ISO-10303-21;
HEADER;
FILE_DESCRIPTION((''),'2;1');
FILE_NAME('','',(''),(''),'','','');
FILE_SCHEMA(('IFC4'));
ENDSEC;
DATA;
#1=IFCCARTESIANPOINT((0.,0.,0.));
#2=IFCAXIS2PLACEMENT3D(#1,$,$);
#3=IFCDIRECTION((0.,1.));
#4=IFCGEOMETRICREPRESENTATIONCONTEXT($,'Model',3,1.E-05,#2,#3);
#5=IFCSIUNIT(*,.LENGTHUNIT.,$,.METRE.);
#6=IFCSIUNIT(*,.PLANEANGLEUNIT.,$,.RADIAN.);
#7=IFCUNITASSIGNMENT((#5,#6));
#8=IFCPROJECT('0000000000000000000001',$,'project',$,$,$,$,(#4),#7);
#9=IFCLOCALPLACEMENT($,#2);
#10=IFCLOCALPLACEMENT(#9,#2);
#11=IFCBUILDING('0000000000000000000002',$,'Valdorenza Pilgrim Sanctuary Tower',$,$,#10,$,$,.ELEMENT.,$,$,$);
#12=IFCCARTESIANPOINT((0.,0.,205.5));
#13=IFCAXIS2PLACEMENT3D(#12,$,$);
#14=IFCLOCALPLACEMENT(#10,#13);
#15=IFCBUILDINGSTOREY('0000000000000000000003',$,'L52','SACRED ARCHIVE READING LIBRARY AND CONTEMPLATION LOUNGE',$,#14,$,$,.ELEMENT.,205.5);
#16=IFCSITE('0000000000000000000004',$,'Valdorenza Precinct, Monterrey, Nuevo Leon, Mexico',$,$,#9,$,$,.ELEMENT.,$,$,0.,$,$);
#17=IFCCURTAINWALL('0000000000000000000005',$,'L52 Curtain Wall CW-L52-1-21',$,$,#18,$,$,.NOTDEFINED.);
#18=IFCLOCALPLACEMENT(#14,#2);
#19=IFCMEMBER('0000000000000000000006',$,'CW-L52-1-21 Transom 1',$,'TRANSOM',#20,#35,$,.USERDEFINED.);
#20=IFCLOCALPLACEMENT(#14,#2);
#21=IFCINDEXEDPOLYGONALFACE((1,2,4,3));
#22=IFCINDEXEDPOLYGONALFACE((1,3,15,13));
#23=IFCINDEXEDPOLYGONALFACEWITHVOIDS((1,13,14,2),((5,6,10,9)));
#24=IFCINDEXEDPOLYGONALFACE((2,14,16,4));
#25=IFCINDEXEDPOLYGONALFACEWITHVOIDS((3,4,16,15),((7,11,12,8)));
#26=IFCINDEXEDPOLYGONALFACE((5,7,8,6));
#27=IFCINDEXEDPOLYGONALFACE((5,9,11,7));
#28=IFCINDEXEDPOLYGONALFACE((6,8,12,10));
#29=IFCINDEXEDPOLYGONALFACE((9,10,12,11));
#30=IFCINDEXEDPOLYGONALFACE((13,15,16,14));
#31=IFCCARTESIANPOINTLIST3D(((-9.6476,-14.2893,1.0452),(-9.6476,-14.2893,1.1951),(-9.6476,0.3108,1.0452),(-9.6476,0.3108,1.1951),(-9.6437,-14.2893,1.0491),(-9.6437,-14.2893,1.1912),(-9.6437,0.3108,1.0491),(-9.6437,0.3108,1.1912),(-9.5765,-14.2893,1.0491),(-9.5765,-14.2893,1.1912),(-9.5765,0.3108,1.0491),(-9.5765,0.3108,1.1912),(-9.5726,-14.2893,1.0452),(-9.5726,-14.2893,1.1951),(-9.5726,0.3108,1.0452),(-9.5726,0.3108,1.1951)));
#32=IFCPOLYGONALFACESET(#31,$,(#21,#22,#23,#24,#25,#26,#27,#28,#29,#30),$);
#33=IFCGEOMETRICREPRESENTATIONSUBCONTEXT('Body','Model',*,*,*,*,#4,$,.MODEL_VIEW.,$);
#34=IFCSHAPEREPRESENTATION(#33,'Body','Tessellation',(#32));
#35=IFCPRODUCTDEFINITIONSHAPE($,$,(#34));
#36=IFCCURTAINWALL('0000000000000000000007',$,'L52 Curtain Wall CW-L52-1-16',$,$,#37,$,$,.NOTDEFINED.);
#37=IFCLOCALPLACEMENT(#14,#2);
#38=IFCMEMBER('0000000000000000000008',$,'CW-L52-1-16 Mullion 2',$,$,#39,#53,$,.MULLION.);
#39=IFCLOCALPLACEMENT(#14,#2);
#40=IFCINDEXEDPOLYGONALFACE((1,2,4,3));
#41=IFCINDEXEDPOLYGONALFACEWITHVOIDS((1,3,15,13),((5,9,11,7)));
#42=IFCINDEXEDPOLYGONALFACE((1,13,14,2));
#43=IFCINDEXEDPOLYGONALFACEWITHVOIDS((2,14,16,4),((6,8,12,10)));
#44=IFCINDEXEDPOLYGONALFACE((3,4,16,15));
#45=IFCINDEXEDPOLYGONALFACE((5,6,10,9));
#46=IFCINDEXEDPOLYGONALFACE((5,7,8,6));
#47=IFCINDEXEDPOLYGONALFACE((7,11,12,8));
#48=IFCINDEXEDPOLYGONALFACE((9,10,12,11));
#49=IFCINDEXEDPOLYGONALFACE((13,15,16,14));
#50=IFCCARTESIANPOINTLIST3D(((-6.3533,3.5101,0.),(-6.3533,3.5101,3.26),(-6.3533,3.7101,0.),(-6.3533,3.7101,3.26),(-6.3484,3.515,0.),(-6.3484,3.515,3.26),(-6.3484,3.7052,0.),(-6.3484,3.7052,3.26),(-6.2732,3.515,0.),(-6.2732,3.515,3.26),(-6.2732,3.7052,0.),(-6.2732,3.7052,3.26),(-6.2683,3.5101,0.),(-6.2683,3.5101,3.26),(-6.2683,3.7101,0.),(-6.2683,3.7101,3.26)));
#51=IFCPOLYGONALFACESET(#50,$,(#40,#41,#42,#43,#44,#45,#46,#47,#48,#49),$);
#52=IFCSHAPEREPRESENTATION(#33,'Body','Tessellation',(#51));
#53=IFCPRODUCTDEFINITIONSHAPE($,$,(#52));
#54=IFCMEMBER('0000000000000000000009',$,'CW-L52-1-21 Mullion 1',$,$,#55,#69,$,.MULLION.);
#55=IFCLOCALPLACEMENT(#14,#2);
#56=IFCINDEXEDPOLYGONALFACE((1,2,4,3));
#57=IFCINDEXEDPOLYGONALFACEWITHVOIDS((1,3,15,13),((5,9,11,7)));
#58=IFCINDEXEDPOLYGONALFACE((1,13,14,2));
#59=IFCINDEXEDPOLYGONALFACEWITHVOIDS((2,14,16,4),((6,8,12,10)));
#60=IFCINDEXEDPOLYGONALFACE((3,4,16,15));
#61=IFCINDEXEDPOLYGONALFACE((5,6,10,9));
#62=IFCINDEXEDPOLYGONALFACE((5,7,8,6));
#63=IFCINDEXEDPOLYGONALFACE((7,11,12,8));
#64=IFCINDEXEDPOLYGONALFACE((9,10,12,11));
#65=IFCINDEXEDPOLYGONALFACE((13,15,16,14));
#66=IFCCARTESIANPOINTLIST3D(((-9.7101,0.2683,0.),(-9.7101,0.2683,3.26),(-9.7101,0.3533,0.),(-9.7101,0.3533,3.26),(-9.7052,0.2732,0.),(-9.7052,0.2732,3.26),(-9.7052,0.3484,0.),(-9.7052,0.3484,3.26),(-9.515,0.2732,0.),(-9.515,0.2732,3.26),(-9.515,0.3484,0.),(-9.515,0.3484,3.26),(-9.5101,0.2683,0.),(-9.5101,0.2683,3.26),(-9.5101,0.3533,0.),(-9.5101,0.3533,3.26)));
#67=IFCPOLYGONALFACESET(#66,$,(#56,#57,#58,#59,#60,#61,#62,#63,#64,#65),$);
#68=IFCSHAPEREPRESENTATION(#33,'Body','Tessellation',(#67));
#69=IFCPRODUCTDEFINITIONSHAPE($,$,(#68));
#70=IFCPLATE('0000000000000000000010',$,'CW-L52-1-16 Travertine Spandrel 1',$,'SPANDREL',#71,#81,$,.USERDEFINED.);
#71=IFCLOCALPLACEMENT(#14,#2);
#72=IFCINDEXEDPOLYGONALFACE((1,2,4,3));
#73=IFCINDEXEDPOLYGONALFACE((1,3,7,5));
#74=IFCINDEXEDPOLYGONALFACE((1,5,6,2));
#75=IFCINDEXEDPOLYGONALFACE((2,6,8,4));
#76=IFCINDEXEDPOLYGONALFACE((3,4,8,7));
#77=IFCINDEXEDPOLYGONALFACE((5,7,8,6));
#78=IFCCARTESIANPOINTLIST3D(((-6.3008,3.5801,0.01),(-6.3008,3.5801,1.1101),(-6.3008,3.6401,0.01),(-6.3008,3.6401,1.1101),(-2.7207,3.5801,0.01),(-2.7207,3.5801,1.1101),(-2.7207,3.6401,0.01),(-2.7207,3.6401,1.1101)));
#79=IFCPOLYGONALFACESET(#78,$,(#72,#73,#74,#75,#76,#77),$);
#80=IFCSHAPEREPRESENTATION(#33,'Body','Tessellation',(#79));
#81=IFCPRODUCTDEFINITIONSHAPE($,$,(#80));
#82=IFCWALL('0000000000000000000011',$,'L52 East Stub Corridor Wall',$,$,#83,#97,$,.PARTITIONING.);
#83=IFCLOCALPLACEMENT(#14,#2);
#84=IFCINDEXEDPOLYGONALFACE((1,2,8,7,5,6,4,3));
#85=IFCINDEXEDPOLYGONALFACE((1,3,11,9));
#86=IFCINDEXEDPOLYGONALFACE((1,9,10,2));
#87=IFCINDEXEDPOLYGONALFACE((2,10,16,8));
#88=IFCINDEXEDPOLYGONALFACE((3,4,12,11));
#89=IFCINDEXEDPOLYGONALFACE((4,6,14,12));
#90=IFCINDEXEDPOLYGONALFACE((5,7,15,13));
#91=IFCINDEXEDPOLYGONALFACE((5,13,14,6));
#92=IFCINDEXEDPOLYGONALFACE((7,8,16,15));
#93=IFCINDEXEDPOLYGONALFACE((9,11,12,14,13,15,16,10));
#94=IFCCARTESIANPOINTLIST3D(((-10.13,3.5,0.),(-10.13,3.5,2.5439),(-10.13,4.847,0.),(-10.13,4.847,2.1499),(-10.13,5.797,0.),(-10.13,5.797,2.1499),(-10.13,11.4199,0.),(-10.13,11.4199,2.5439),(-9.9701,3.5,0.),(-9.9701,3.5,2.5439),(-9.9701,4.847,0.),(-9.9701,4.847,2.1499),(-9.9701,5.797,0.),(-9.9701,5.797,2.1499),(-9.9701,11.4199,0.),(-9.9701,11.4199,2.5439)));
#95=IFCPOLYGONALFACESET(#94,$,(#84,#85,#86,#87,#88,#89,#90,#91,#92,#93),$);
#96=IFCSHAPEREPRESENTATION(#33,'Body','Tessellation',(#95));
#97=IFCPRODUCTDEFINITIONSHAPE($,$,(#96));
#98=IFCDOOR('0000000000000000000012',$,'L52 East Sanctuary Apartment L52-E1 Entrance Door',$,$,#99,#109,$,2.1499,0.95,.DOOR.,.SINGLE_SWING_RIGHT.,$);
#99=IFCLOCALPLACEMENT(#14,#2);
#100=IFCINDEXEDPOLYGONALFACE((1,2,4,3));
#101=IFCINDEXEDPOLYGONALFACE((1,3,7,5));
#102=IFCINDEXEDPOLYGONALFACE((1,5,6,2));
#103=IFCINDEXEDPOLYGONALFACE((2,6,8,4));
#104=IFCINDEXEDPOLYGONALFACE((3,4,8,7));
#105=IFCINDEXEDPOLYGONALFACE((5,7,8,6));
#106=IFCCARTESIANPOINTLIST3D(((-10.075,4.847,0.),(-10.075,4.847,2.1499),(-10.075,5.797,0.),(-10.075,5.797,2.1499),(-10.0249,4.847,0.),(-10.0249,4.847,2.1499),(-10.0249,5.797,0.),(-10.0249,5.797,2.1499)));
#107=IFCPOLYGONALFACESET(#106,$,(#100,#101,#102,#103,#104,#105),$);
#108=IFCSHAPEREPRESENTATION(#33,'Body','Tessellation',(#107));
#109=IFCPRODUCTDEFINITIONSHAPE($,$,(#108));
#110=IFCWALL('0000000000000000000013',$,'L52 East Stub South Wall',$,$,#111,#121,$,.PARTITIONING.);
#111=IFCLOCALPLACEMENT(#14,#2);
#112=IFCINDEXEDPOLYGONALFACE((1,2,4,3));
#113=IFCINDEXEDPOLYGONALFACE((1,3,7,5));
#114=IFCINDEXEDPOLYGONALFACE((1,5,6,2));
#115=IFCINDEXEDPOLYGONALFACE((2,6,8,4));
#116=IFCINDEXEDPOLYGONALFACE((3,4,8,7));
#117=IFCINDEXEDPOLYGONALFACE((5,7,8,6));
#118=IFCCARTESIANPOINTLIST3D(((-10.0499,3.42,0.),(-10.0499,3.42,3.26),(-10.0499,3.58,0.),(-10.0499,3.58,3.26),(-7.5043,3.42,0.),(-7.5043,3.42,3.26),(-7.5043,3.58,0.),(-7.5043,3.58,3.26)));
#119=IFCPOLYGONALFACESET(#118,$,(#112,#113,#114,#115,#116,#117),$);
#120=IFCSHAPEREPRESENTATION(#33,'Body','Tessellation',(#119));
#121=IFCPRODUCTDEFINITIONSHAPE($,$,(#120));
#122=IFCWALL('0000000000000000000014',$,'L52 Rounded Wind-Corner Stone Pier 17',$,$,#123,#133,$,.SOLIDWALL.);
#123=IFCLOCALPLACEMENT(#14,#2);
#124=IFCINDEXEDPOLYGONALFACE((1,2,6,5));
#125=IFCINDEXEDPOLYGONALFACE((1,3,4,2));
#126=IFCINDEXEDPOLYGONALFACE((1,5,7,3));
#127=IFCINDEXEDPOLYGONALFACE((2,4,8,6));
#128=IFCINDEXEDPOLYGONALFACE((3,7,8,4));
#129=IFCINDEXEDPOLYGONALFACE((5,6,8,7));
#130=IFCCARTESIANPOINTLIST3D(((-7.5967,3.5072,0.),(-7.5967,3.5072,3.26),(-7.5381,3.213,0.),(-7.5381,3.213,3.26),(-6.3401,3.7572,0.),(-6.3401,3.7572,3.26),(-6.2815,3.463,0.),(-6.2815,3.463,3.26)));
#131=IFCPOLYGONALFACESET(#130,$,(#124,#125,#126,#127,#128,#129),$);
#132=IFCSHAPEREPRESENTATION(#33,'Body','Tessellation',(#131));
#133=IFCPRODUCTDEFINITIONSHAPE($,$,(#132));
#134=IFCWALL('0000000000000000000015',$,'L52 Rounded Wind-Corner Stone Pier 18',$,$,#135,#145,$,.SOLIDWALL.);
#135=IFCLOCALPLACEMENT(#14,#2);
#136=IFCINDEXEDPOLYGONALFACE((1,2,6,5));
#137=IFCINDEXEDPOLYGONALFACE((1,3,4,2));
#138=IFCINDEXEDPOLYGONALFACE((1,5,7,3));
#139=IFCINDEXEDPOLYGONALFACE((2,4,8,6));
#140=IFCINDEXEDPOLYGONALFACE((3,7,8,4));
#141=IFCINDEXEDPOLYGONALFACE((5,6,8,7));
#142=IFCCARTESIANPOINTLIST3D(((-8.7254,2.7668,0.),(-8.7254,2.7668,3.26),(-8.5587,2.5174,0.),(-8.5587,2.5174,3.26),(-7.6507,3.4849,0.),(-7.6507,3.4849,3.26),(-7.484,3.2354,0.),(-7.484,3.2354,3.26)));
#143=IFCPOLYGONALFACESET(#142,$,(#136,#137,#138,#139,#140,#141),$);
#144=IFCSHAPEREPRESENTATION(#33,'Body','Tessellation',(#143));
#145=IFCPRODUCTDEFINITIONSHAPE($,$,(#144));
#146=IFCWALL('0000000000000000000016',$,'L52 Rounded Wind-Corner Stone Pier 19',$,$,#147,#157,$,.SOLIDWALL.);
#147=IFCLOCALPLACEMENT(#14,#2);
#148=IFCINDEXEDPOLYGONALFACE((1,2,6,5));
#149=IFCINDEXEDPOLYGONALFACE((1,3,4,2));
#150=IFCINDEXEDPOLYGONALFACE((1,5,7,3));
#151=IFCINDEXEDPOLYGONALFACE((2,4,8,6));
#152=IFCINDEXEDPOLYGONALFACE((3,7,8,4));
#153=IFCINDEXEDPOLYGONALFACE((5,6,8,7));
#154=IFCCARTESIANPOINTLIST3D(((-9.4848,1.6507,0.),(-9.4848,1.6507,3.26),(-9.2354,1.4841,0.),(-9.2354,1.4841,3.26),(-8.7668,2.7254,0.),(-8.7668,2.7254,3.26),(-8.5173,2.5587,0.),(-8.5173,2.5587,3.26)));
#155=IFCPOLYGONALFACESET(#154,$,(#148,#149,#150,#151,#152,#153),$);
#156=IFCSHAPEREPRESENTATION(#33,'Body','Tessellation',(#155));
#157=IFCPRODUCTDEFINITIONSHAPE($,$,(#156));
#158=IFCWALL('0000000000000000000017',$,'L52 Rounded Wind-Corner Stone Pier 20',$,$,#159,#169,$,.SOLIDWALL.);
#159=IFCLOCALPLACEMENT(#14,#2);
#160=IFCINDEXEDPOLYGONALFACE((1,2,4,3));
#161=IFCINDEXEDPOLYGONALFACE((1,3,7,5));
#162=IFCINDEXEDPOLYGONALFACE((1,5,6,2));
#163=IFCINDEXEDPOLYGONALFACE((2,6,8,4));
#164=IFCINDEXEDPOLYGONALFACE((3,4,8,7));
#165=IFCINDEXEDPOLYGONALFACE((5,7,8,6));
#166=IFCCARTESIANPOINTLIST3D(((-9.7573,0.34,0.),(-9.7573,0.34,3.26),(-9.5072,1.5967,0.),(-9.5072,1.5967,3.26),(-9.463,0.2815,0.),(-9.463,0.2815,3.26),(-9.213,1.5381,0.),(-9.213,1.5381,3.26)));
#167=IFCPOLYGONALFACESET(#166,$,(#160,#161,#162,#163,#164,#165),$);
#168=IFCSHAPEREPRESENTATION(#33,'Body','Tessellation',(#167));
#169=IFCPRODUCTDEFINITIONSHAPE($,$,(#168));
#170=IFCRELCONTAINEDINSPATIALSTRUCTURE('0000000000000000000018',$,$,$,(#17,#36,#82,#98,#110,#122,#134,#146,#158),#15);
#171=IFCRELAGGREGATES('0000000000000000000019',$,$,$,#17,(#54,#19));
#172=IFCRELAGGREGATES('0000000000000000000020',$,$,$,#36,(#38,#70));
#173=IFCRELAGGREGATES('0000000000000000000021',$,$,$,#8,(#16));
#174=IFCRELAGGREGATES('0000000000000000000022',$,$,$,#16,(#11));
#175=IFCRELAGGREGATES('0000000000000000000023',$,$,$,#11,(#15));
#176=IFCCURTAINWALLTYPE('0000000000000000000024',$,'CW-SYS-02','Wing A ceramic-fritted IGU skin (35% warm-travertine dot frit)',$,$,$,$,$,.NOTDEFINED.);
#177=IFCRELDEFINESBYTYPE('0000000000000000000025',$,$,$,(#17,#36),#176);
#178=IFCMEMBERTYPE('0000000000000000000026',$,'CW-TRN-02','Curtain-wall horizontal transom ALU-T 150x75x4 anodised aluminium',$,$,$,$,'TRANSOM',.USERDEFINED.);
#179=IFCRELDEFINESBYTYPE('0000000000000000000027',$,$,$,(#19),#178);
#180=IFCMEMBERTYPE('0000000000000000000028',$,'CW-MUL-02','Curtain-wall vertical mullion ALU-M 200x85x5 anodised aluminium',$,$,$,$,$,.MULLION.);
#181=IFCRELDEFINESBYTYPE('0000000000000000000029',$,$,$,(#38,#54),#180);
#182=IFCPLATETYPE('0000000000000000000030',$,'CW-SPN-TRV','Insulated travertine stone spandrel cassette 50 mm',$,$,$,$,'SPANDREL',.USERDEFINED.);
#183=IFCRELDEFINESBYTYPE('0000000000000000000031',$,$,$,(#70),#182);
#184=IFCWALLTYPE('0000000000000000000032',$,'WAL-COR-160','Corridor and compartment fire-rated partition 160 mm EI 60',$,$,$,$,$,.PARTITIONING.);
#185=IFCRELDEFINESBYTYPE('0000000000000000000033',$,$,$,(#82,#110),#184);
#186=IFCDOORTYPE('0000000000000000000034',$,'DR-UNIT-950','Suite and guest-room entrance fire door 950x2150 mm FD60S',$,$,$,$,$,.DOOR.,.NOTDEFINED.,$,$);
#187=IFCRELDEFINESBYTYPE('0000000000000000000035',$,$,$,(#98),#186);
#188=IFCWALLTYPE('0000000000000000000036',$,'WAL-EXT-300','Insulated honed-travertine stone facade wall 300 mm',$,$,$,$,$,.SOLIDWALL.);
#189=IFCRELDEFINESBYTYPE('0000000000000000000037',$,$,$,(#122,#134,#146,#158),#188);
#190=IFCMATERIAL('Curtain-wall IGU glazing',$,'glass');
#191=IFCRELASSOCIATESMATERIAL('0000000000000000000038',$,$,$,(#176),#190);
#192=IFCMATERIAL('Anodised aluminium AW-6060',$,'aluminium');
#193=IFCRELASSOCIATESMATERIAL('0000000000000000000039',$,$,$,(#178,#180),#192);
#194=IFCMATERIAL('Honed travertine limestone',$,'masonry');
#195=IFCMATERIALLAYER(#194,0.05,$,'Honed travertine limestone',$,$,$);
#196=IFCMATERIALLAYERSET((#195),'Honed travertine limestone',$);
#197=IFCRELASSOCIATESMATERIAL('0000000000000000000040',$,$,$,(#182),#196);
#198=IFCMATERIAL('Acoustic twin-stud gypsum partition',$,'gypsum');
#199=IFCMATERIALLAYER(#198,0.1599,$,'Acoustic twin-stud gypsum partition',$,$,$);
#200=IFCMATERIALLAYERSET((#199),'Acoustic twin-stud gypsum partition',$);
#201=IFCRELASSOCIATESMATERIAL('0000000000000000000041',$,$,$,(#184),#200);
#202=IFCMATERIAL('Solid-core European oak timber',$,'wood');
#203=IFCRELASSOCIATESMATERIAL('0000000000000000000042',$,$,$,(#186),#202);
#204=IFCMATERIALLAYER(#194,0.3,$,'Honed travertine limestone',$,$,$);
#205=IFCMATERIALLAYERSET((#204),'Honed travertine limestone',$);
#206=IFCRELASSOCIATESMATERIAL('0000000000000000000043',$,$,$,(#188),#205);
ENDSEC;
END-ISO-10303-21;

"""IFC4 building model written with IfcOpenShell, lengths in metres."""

from ifc_helpers import new_model, si_unit, direction, frame, frame_2d, origin, origin_2d, place, context, subcontext, project, spatial, rectangle, hollow_rectangle, extrude, source, transform, mapped, material, layer, layer_set, material_profile, profile_set, type_object, element, fill, aggregate, save


model = new_model("IFC4")

# Units and contexts
model_context = context("Model", 3, precision=1e-05, world=origin(), true_north=direction((0.0, 1.0)))
body_context = subcontext(model_context, "Body", "Model", "MODEL_VIEW")
ifc_project = project(units=[si_unit("LENGTHUNIT", "METRE"), si_unit("PLANEANGLEUNIT", "RADIAN")], contexts=[model_context])

# Site, building, storey
site_placement = place(None, origin())
site = spatial("IfcSite", under=ifc_project, at=site_placement, Name="Valdorenza Precinct, Monterrey, Nuevo Leon, Mexico", CompositionType="ELEMENT", RefElevation=0.0)
building_placement = place(site_placement, origin())
building = spatial("IfcBuilding", under=site, at=building_placement, Name="Valdorenza Pilgrim Sanctuary Tower", CompositionType="ELEMENT")
storey_placement = place(building_placement, frame((0.0, 0.0, 205.5)))
storey = spatial("IfcBuildingStorey", under=building, at=storey_placement, Name="L52", Description="SACRED ARCHIVE READING LIBRARY AND CONTEMPLATION LOUNGE", CompositionType="ELEMENT", Elevation=205.5)

# Curtain walls, members
ifc_material_1 = material(Name="Curtain-wall IGU glazing", Category="glass")
curtain_wall_type = type_object("IfcCurtainWallType", Name="CW-SYS-02", Description="Wing A ceramic-fritted IGU skin (35% warm-travertine dot frit)", PredefinedType="NOTDEFINED", material=ifc_material_1)
curtain_wall_1_placement = place(storey_placement, origin())
curtain_wall_1 = element("IfcCurtainWall", 1, at=curtain_wall_1_placement, inside=storey, type_object=curtain_wall_type, Name="L52 Curtain Wall CW-L52-1-21", PredefinedType="NOTDEFINED")
ifc_material_2 = material(Name="Anodised aluminium AW-6060", Category="aluminium")
ifc_material_profile_1 = material_profile(ifc_material_2, hollow_rectangle(XDim=0.075, YDim=0.1499, WallThickness=0.0039, at=origin_2d()), Name="ALU-T 150x75x4")
ifc_profile_set_1 = profile_set([ifc_material_profile_1], Name="Anodised aluminium AW-6060")
member_type_1 = type_object("IfcMemberType", Name="CW-TRN-02", Description="Curtain-wall horizontal transom ALU-T 150x75x4 anodised aluminium", ElementType="TRANSOM", PredefinedType="USERDEFINED", material=ifc_profile_set_1)
shared_shape_1 = source(origin(), body_context, "Body", "SweptSolid", [
    extrude(hollow_rectangle(XDim=0.075, YDim=0.1499, WallThickness=0.0039, at=origin_2d()), origin(), (0.0, 0.0, 1.0), 14.6001),
])
member_1_placement = place(storey_placement, frame((-9.6101, 0.3108, 1.1201), z_axis=(0.0, -1.0, 0.0), x_axis=(1.0, 0.0, 0.0)))
member_1 = element("IfcMember", 2, at=member_1_placement, type_object=member_type_1, Name="CW-L52-1-21 Transom 1", ObjectType="TRANSOM", PredefinedType="USERDEFINED", context=body_context, shape_type="MappedRepresentation", body=[
    mapped(shared_shape_1, transform((0.0, 0.0, 0.0), x_axis=(1.0, 0.0, 0.0), y_axis=(0.0, 1.0, 0.0), z_axis=(0.0, 0.0, 1.0), scale=1.0)),
])
curtain_wall_2_placement = place(storey_placement, origin())
curtain_wall_2 = element("IfcCurtainWall", 3, at=curtain_wall_2_placement, inside=storey, type_object=curtain_wall_type, Name="L52 Curtain Wall CW-L52-1-16", PredefinedType="NOTDEFINED")
ifc_material_profile_2 = material_profile(ifc_material_2, hollow_rectangle(XDim=0.085, YDim=0.2, WallThickness=0.0049, at=origin_2d()), Name="ALU-M 200x85x5")
ifc_profile_set_2 = profile_set([ifc_material_profile_2], Name="Anodised aluminium AW-6060")
member_type_2 = type_object("IfcMemberType", Name="CW-MUL-02", Description="Curtain-wall vertical mullion ALU-M 200x85x5 anodised aluminium", PredefinedType="MULLION", material=ifc_profile_set_2)
shared_shape_2 = source(origin(), body_context, "Body", "SweptSolid", [
    extrude(hollow_rectangle(XDim=0.085, YDim=0.2, WallThickness=0.0049, at=origin_2d()), origin(), (0.0, 0.0, 1.0), 3.26),
])
member_2_placement = place(storey_placement, frame((-6.3108, 3.6101, 0.0), z_axis=(0.0, 0.0, 1.0), x_axis=(-1.0, 0.0, 0.0)))
member_2 = element("IfcMember", 4, at=member_2_placement, type_object=member_type_2, Name="CW-L52-1-16 Mullion 2", PredefinedType="MULLION", context=body_context, shape_type="MappedRepresentation", body=[
    mapped(shared_shape_2, transform((0.0, 0.0, 0.0), x_axis=(1.0, 0.0, 0.0), y_axis=(0.0, 1.0, 0.0), z_axis=(0.0, 0.0, 1.0), scale=1.0)),
])

# Member
member_3_placement = place(storey_placement, frame((-9.6101, 0.3108, 0.0), z_axis=(0.0, 0.0, 1.0), x_axis=(0.0, -1.0, 0.0)))
member_3 = element("IfcMember", 5, at=member_3_placement, type_object=member_type_2, Name="CW-L52-1-21 Mullion 1", PredefinedType="MULLION", context=body_context, shape_type="MappedRepresentation", body=[
    mapped(shared_shape_2, transform((0.0, 0.0, 0.0), x_axis=(1.0, 0.0, 0.0), y_axis=(0.0, 1.0, 0.0), z_axis=(0.0, 0.0, 1.0), scale=1.0)),
])
aggregate(curtain_wall_1, [member_3, member_1])

# Plate
ifc_material_3 = material(Name="Honed travertine limestone", Category="masonry")
ifc_layer_1 = layer(ifc_material_3, 0.05, Name="Honed travertine limestone")
ifc_layer_set_1 = layer_set([ifc_layer_1], Name="Honed travertine limestone")
plate_type = type_object("IfcPlateType", Name="CW-SPN-TRV", Description="Insulated travertine stone spandrel cassette 50 mm", ElementType="SPANDREL", PredefinedType="USERDEFINED", material=ifc_layer_set_1)
shared_shape_3 = source(origin(), body_context, "Body", "SweptSolid", [
    extrude(rectangle(XDim=3.5801, YDim=0.0601, at=origin_2d()), origin(), (0.0, 0.0, 1.0), 1.1001),
])
plate_placement = place(storey_placement, frame((-4.5107, 3.6101, 0.01), z_axis=(0.0, 0.0, 1.0), x_axis=(-1.0, 0.0, 0.0)))
plate = element("IfcPlate", 6, at=plate_placement, type_object=plate_type, Name="CW-L52-1-16 Travertine Spandrel 1", ObjectType="SPANDREL", PredefinedType="USERDEFINED", context=body_context, shape_type="MappedRepresentation", body=[
    mapped(shared_shape_3, transform((0.0, 0.0, 0.0), x_axis=(1.0, 0.0, 0.0), y_axis=(0.0, 1.0, 0.0), z_axis=(0.0, 0.0, 1.0), scale=1.0)),
])
aggregate(curtain_wall_2, [member_2, plate])

# Wall, opening, door
ifc_material_4 = material(Name="Acoustic twin-stud gypsum partition", Category="gypsum")
ifc_layer_2 = layer(ifc_material_4, 0.1599, Name="Acoustic twin-stud gypsum partition")
ifc_layer_set_2 = layer_set([ifc_layer_2], Name="Acoustic twin-stud gypsum partition")
wall_type_1 = type_object("IfcWallType", Name="WAL-COR-160", Description="Corridor and compartment fire-rated partition 160 mm EI 60", PredefinedType="PARTITIONING", material=ifc_layer_set_2)
wall_1_placement = place(storey_placement, frame((-10.05, 3.5, 0.0), z_axis=(0.0, 0.0, 1.0), x_axis=(0.0, 1.0, 0.0)))
wall_1 = element("IfcWall", 7, at=wall_1_placement, inside=storey, type_object=wall_type_1, Name="L52 East Stub Corridor Wall", PredefinedType="PARTITIONING", context=body_context, shape_type="SweptSolid", body=[
    extrude(rectangle(XDim=7.9199, YDim=0.1599, at=frame_2d((3.96, 0.0))), origin(), (0.0, 0.0, 1.0), 2.5439),
])
opening_1_placement = place(wall_1_placement, frame((1.3469, 0.0, 0.0)))
opening_1 = element("IfcOpeningElement", 8, at=opening_1_placement, cuts=wall_1, PredefinedType="OPENING", context=body_context, shape_type="SweptSolid", body=[
    extrude(rectangle(XDim=0.95, YDim=2.1499, at=frame_2d((0.4751, 1.075))), frame((0.0, 0.0947, 0.0), z_axis=(0.0, -1.0, 0.0), x_axis=(1.0, 0.0, 0.0)), (0.0, 0.0, 1.0), 0.1897),
])
ifc_material_5 = material(Name="Solid-core European oak timber", Category="wood")
door_type_1 = type_object("IfcDoorType", Name="DR-UNIT-950", Description="Suite and guest-room entrance fire door 950x2150 mm FD60S", OperationType="NOTDEFINED", PredefinedType="DOOR", material=ifc_material_5)
door_1_placement = place(opening_1_placement, origin())
door_1 = element("IfcDoor", 9, at=door_1_placement, inside=storey, type_object=door_type_1, Name="L52 East Sanctuary Apartment L52-E1 Entrance Door", OperationType="SINGLE_SWING_RIGHT", OverallHeight=2.1499, OverallWidth=0.95, PredefinedType="DOOR", context=body_context, shape_type="SweptSolid", body=[
    extrude(rectangle(XDim=0.95, YDim=2.1499, at=frame_2d((0.4751, 1.075))), frame((0.0, 0.0249, 0.0), z_axis=(0.0, -1.0, 0.0), x_axis=(1.0, 0.0, 0.0)), (0.0, 0.0, 1.0), 0.05),
])
fill(opening_1, door_1)

# Walls
wall_2_placement = place(storey_placement, frame((-10.05, 3.5, 0.0), z_axis=(0.0, 0.0, 1.0), x_axis=(1.0, 0.0, 0.0)))
element("IfcWall", 10, at=wall_2_placement, inside=storey, type_object=wall_type_1, Name="L52 East Stub South Wall", PredefinedType="PARTITIONING", context=body_context, shape_type="SweptSolid", body=[
    extrude(rectangle(XDim=2.5457, YDim=0.1599, at=frame_2d((1.2729, 0.0))), origin(), (0.0, 0.0, 1.0), 3.26),
])
ifc_layer_3 = layer(ifc_material_3, 0.3, Name="Honed travertine limestone")
ifc_layer_set_3 = layer_set([ifc_layer_3], Name="Honed travertine limestone")
wall_type_2 = type_object("IfcWallType", Name="WAL-EXT-300", Description="Insulated honed-travertine stone facade wall 300 mm", PredefinedType="SOLIDWALL", material=ifc_layer_set_3)
wall_3_placement = place(storey_placement, frame((-6.3108, 3.6101, 0.0), z_axis=(0.0, 0.0, 1.0), x_axis=(-0.980778, -0.195127, 0.0)))
element("IfcWall", 11, at=wall_3_placement, inside=storey, type_object=wall_type_2, Name="L52 Rounded Wind-Corner Stone Pier 17", PredefinedType="SOLIDWALL", context=body_context, shape_type="SweptSolid", body=[
    extrude(rectangle(XDim=1.2812, YDim=0.3, at=frame_2d((0.6406, 0.0))), origin(), (0.0, 0.0, 1.0), 3.26),
])
for number, where, z_axis, x_axis, name in (
    (12, (-7.5674, 3.3601, 0.0), (0.0, 0.0, 1.0), (-0.831498, -0.555528, 0.0), "L52 Rounded Wind-Corner Stone Pier 18"),
    (13, (-8.6421, 2.6421, 0.0), (0.0, 0.0, 1.0), (-0.555528, -0.831498, 0.0), "L52 Rounded Wind-Corner Stone Pier 19"),
):
    element("IfcWall", number, at=place(storey_placement, frame(where, z_axis=z_axis, x_axis=x_axis)), inside=storey, type_object=wall_type_2, Name=name, PredefinedType="SOLIDWALL", context=body_context, shape_type="SweptSolid", body=[
        extrude(rectangle(XDim=1.2925, YDim=0.3, at=frame_2d((0.6462, 0.0))), origin(), (0.0, 0.0, 1.0), 3.26),
    ])
wall_4_placement = place(storey_placement, frame((-9.3601, 1.5674, 0.0), z_axis=(0.0, 0.0, 1.0), x_axis=(-0.195127, -0.980778, 0.0)))
element("IfcWall", 14, at=wall_4_placement, inside=storey, type_object=wall_type_2, Name="L52 Rounded Wind-Corner Stone Pier 20", PredefinedType="SOLIDWALL", context=body_context, shape_type="SweptSolid", body=[
    extrude(rectangle(XDim=1.2812, YDim=0.3, at=frame_2d((0.6406, 0.0))), origin(), (0.0, 0.0, 1.0), 3.26),
])

save(model, "model.ifc")
